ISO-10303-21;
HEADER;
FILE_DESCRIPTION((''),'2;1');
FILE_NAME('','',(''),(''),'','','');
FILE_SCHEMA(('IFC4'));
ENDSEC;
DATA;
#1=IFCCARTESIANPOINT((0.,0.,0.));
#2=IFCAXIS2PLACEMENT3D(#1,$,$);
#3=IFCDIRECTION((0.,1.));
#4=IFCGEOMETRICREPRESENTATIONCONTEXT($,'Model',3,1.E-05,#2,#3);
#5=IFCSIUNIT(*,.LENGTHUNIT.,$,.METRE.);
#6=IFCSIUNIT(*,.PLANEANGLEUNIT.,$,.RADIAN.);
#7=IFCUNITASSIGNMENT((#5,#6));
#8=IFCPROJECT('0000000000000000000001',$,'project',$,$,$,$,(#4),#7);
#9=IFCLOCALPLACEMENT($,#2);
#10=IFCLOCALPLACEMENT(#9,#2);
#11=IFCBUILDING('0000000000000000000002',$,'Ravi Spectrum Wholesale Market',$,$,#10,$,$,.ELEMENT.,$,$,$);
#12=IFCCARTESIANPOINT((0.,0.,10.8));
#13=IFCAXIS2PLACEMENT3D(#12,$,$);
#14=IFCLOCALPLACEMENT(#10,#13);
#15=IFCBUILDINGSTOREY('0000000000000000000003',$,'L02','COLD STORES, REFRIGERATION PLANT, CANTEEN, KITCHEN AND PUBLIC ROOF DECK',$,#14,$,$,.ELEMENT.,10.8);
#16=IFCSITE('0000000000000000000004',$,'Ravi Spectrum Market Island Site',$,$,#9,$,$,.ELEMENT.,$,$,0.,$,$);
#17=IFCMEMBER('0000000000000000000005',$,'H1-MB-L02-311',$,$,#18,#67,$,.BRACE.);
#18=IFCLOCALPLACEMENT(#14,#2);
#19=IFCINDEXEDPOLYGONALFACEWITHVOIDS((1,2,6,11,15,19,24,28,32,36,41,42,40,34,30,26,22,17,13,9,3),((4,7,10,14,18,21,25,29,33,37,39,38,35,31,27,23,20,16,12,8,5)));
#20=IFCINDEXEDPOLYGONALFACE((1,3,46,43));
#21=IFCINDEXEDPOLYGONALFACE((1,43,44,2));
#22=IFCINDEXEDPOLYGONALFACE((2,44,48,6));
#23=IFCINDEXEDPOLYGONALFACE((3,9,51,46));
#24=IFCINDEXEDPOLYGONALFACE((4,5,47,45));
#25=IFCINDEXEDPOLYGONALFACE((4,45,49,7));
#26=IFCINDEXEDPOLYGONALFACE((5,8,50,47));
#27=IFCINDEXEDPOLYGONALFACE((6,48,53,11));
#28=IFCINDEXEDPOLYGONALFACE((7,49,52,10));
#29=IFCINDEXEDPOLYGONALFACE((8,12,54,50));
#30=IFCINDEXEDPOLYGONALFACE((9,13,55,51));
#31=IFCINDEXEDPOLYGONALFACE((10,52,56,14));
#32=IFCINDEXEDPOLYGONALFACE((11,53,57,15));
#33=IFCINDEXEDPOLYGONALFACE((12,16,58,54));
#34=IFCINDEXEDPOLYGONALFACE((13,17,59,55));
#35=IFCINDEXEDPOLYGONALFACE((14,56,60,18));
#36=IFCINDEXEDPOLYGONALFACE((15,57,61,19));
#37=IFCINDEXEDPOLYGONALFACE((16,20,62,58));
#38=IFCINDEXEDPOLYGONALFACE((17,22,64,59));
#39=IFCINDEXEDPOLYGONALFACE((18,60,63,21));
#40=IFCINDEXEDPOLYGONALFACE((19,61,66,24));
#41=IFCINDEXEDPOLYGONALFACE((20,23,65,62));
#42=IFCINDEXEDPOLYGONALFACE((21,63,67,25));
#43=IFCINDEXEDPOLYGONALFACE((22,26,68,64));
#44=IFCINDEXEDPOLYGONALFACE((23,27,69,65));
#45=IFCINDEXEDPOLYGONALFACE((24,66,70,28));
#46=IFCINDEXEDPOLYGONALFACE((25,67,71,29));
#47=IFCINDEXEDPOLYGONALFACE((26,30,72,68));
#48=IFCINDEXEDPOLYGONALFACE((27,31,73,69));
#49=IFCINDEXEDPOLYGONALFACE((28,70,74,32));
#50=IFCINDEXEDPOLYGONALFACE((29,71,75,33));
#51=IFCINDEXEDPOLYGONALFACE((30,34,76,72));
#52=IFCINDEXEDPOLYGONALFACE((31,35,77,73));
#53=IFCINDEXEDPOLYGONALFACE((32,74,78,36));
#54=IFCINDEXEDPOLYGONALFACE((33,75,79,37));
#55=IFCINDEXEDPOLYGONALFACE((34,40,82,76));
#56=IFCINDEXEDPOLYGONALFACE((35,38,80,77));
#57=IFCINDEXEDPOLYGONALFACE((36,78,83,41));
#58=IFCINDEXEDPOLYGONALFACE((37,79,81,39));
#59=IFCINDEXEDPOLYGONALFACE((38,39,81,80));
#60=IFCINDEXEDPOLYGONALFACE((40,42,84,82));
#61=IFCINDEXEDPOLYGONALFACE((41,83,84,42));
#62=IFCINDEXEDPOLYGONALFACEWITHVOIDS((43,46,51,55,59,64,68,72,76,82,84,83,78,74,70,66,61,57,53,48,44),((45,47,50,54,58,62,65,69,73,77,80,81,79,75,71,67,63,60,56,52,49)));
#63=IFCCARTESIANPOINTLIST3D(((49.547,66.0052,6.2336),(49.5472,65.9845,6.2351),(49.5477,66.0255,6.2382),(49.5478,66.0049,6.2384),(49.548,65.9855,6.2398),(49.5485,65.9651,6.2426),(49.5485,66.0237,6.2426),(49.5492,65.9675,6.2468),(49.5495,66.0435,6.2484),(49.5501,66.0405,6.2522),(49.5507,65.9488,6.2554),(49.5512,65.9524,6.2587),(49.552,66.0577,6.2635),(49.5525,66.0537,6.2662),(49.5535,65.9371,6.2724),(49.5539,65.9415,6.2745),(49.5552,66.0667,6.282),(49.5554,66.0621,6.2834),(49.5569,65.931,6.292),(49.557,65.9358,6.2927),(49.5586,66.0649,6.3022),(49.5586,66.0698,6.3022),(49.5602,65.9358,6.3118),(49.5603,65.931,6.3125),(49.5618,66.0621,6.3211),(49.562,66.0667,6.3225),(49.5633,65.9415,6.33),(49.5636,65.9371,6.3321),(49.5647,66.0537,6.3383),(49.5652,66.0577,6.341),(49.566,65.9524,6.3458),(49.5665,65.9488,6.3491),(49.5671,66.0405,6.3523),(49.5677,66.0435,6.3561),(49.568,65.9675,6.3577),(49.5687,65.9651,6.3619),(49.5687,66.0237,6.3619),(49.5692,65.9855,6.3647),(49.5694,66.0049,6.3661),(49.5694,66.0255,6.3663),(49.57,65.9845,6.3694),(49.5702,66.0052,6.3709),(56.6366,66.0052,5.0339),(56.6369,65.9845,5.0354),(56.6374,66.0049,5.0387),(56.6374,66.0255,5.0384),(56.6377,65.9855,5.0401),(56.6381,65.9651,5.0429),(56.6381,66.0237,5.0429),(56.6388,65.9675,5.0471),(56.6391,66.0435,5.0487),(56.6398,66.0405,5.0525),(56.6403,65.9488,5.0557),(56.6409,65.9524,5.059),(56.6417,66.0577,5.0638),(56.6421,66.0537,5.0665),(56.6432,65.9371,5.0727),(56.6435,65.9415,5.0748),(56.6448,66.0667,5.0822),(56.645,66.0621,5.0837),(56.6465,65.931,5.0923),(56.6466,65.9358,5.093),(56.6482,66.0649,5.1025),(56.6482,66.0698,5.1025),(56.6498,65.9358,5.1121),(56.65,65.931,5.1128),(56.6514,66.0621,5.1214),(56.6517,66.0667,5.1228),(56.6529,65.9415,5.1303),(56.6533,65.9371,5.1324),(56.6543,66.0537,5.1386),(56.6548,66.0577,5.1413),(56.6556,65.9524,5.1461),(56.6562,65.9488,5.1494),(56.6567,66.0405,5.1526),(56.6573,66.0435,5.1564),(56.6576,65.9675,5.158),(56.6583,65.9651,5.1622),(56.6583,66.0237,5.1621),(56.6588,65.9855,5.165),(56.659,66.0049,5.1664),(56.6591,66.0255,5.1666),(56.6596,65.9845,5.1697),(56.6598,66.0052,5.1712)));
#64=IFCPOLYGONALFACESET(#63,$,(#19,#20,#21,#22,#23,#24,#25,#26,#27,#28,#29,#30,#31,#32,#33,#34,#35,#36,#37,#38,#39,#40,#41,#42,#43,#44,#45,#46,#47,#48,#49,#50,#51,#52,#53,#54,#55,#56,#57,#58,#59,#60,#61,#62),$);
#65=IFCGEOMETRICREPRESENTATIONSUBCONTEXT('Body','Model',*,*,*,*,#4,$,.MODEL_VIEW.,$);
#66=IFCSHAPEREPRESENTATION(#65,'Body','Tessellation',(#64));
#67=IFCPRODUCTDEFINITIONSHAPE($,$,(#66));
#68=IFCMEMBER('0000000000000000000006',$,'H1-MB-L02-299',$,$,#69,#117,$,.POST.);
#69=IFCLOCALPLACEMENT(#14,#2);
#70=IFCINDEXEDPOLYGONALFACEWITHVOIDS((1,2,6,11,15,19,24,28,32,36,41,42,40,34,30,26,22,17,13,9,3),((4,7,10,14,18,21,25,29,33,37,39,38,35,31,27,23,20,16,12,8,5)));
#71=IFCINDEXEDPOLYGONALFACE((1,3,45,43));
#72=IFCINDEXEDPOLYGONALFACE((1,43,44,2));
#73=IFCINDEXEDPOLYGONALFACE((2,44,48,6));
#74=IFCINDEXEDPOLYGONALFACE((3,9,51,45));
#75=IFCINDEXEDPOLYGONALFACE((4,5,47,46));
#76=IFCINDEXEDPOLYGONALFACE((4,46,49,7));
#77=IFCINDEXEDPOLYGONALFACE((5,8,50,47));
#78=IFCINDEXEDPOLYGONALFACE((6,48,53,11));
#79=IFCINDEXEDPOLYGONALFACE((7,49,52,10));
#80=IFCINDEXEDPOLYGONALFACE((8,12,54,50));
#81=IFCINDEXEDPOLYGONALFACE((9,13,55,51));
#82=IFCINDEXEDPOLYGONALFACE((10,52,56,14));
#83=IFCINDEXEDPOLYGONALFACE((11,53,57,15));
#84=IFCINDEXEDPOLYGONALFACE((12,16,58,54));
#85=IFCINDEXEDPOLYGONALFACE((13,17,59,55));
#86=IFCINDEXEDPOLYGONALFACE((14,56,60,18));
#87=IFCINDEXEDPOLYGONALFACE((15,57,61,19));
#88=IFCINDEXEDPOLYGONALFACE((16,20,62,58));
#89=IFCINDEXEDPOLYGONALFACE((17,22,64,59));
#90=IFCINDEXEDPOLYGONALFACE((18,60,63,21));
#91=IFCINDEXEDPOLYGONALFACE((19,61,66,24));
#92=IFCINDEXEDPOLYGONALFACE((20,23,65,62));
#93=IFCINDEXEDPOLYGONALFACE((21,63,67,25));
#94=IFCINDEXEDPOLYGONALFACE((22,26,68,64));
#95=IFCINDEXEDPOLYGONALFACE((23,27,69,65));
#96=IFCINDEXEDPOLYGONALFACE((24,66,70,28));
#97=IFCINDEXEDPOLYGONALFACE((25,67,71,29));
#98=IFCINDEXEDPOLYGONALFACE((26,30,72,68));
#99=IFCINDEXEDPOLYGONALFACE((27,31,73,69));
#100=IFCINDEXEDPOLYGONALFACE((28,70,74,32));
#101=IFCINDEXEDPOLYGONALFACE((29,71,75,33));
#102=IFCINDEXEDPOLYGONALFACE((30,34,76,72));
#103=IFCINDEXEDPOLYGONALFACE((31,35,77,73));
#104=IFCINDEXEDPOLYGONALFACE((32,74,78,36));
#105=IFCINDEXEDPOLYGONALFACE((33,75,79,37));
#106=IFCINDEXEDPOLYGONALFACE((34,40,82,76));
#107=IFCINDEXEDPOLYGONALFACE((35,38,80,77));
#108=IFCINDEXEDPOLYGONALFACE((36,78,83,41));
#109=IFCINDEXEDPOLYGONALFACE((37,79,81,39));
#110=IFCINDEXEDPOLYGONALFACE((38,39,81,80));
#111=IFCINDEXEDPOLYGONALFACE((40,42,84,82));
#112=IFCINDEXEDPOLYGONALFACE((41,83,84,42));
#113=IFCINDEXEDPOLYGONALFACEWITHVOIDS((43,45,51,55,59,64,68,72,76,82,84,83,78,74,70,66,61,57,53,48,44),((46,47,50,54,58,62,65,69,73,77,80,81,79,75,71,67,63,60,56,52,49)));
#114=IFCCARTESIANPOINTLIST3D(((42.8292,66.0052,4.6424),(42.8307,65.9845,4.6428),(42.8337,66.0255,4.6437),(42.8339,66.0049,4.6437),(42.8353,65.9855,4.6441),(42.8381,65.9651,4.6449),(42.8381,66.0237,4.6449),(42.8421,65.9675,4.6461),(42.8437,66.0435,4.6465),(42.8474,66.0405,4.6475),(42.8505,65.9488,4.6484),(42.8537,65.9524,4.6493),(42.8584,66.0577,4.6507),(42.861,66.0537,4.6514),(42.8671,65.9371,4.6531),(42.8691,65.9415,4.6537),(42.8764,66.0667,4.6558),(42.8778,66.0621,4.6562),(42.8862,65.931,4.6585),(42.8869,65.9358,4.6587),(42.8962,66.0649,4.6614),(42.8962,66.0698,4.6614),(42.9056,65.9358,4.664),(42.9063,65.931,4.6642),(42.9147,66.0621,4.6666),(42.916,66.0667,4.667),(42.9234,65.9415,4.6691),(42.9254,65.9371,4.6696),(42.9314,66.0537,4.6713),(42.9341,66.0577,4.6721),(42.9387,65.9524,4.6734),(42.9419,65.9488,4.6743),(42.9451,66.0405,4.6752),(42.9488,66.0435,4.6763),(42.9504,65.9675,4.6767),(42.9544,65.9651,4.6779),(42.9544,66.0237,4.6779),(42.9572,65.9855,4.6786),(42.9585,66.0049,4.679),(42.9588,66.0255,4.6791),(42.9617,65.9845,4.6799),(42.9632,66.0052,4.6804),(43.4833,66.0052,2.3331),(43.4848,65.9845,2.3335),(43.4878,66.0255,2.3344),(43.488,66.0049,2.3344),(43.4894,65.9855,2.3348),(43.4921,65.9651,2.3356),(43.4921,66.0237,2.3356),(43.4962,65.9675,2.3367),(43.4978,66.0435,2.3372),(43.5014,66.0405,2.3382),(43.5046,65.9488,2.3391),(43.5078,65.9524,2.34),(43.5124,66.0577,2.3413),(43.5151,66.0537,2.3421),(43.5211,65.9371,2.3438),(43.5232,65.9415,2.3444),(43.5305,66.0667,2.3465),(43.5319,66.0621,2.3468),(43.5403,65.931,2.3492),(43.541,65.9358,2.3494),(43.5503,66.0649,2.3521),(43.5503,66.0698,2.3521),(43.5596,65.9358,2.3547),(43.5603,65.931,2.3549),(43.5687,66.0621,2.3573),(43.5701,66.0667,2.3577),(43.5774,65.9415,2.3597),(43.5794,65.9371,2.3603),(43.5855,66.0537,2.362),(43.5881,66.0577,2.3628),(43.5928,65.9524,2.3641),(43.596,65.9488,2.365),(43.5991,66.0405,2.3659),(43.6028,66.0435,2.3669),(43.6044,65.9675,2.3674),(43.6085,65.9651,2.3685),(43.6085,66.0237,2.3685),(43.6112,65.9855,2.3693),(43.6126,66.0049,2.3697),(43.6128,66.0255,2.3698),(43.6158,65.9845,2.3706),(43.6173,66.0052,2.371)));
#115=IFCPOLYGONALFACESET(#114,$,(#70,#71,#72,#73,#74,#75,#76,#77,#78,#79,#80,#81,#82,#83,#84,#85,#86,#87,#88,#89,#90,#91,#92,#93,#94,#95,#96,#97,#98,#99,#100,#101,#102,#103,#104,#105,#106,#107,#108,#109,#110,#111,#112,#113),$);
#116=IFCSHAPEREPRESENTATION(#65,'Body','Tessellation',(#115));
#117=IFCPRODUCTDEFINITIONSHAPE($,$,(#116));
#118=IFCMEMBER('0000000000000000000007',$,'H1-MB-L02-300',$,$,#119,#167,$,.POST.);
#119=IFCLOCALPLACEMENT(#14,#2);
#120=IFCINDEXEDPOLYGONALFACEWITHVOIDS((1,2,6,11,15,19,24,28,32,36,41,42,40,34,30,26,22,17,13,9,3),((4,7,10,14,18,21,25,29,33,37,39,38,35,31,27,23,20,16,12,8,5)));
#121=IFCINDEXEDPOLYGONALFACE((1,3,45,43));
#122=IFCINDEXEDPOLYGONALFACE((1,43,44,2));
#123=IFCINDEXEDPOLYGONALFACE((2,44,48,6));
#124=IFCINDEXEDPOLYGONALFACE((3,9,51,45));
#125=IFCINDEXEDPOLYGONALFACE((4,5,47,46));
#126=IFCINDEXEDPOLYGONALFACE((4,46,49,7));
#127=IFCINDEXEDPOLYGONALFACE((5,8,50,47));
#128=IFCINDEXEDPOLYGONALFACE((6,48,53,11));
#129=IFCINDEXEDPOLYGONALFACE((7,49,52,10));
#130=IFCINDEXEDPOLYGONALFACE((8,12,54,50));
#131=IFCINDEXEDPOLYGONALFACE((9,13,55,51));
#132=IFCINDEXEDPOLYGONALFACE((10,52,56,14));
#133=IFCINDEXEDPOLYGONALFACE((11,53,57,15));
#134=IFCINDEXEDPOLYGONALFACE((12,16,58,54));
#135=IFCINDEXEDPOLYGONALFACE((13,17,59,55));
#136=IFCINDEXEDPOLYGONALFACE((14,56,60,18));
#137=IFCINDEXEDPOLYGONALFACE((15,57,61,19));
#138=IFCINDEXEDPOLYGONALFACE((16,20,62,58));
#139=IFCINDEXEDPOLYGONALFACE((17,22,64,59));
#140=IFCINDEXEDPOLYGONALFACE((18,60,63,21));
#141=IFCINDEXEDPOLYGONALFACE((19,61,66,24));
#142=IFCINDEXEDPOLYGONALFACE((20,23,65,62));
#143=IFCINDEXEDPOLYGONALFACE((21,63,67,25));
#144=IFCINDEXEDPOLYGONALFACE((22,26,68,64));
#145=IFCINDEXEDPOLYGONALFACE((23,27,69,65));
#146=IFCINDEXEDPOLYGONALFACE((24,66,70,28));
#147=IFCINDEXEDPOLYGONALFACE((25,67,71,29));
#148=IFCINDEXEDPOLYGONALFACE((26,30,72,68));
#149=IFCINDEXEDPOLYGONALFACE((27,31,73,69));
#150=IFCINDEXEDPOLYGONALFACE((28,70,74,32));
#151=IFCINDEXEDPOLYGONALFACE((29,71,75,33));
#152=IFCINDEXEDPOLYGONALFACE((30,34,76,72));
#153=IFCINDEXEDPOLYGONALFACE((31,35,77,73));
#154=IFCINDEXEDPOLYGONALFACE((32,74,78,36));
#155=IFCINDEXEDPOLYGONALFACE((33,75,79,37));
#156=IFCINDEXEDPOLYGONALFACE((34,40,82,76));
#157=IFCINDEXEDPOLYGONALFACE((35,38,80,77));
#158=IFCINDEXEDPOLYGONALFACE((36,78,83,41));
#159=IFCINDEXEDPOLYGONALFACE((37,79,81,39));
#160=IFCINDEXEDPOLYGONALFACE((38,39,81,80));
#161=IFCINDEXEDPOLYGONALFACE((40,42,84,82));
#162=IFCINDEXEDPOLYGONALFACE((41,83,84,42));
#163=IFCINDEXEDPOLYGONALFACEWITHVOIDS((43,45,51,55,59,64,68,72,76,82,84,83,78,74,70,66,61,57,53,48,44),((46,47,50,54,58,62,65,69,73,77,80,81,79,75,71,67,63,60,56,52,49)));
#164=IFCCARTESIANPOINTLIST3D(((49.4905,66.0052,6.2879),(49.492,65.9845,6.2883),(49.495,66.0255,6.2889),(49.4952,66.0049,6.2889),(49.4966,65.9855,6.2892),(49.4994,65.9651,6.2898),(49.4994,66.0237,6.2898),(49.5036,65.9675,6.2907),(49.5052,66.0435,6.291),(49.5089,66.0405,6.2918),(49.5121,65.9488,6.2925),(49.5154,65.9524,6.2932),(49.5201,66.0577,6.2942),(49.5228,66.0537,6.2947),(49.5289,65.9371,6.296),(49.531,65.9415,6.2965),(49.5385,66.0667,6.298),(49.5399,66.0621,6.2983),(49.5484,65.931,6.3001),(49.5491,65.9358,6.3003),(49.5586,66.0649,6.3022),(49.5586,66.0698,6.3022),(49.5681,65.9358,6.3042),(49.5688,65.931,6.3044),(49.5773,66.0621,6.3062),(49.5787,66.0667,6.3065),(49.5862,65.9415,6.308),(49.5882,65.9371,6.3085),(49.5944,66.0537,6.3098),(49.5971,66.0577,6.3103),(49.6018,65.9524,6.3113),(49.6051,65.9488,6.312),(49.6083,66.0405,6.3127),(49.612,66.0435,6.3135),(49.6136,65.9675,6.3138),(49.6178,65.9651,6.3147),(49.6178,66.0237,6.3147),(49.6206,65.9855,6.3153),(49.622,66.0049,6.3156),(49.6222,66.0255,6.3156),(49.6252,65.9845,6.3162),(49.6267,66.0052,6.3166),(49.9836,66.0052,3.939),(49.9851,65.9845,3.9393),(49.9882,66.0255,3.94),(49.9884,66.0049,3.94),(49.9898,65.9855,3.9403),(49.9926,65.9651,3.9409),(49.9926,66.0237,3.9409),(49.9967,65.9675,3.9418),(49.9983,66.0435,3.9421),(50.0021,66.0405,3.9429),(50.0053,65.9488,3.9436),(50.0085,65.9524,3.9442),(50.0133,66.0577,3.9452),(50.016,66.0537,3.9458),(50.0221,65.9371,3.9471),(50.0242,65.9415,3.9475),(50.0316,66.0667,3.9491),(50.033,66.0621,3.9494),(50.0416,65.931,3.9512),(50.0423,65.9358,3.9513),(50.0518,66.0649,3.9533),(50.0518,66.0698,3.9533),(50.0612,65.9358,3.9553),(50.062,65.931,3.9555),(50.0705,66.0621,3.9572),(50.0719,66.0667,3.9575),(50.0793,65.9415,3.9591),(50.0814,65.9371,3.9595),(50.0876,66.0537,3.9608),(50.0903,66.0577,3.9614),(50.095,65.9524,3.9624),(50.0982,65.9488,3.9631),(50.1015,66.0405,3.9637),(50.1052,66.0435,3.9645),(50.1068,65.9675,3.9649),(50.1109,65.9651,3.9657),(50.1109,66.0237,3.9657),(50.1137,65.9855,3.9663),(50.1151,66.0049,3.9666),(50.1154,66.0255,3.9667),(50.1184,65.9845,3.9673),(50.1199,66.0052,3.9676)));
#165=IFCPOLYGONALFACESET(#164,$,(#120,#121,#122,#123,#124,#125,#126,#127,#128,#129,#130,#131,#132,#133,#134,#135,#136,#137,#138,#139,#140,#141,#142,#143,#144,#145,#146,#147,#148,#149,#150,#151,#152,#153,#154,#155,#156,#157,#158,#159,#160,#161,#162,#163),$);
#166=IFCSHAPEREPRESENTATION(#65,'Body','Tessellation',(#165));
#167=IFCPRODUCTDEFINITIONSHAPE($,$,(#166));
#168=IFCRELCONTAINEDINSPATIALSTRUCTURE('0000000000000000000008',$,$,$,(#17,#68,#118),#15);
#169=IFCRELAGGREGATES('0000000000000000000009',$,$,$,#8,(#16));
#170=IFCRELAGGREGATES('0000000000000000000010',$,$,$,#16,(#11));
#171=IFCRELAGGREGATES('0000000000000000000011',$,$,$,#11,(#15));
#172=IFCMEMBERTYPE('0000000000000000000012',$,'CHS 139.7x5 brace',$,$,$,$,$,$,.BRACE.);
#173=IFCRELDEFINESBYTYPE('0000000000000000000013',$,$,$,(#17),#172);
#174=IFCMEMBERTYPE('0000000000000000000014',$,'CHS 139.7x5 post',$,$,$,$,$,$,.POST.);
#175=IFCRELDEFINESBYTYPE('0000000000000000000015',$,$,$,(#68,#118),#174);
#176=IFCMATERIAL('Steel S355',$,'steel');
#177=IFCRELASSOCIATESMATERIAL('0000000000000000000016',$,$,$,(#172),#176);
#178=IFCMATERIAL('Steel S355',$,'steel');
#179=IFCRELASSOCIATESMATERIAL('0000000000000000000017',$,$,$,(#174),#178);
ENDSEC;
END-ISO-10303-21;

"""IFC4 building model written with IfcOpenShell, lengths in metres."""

from ifc_helpers import new_model, si_unit, direction, frame, origin, origin_2d, place, context, subcontext, project, spatial, hollow_circle, extrude, material, material_profile, profile_set, type_object, element, save


model = new_model("IFC4")

# Units and contexts
model_context = context("Model", 3, precision=1e-05, world=origin(), true_north=direction((0.0, 1.0)))
body_context = subcontext(model_context, "Body", "Model", "MODEL_VIEW")
ifc_project = project(units=[si_unit("LENGTHUNIT", "METRE"), si_unit("PLANEANGLEUNIT", "RADIAN")], contexts=[model_context])

# Site, building, storey
site_placement = place(None, origin())
site = spatial("IfcSite", under=ifc_project, at=site_placement, Name="Ravi Spectrum Market Island Site", CompositionType="ELEMENT", RefElevation=0.0)
building_placement = place(site_placement, origin())
building = spatial("IfcBuilding", under=site, at=building_placement, Name="Ravi Spectrum Wholesale Market", CompositionType="ELEMENT")
storey_placement = place(building_placement, frame((0.0, 0.0, 10.8)))
storey = spatial("IfcBuildingStorey", under=building, at=storey_placement, Name="L02", Description="COLD STORES, REFRIGERATION PLANT, CANTEEN, KITCHEN AND PUBLIC ROOF DECK", CompositionType="ELEMENT", Elevation=10.8)

# Members
ifc_material_1 = material(Name="Steel S355", Category="steel")
ifc_material_profile_1 = material_profile(ifc_material_1, hollow_circle(Radius=0.0698, WallThickness=0.0049, at=origin_2d()))
ifc_profile_set_1 = profile_set([ifc_material_profile_1], Name="Steel S355")
member_type_1 = type_object("IfcMemberType", Name="CHS 139.7x5 brace", PredefinedType="BRACE", material=ifc_profile_set_1)
member_1_placement = place(storey_placement, frame((49.5586, 66.0, 6.3022), z_axis=(0.985983, 0.0, -0.166849), x_axis=(0.0, 1.0, 0.0)))
element("IfcMember", 1, at=member_1_placement, inside=storey, type_object=member_type_1, Name="H1-MB-L02-311", PredefinedType="BRACE", context=body_context, shape_type="SweptSolid", body=[
    extrude(hollow_circle(Radius=0.0698, WallThickness=0.0049, at=origin_2d()), origin(), (0.0, 0.0, 1.0), 7.1904),
])
ifc_material_2 = material(Name="Steel S355", Category="steel")
ifc_material_profile_2 = material_profile(ifc_material_2, hollow_circle(Radius=0.0698, WallThickness=0.0049, at=origin_2d()))
ifc_profile_set_2 = profile_set([ifc_material_profile_2], Name="Steel S355")
member_type_2 = type_object("IfcMemberType", Name="CHS 139.7x5 post", PredefinedType="POST", material=ifc_profile_set_2)
for number, where, z_axis, x_axis, name in (
    (2, (42.8962, 66.0, 4.6614), (0.272504, 0.0, -0.962155), (0.0, 1.0, 0.0), "H1-MB-L02-299"),
    (3, (49.5586, 66.0, 6.3022), (0.205477, 0.0, -0.978662), (0.0, 1.0, 0.0), "H1-MB-L02-300"),
):
    element("IfcMember", number, at=place(storey_placement, frame(where, z_axis=z_axis, x_axis=x_axis)), inside=storey, type_object=member_type_2, Name=name, PredefinedType="POST", context=body_context, shape_type="SweptSolid", body=[
        extrude(hollow_circle(Radius=0.0698, WallThickness=0.0049, at=origin_2d()), origin(), (0.0, 0.0, 1.0), 2.4001),
    ])

save(model, "model.ifc")
